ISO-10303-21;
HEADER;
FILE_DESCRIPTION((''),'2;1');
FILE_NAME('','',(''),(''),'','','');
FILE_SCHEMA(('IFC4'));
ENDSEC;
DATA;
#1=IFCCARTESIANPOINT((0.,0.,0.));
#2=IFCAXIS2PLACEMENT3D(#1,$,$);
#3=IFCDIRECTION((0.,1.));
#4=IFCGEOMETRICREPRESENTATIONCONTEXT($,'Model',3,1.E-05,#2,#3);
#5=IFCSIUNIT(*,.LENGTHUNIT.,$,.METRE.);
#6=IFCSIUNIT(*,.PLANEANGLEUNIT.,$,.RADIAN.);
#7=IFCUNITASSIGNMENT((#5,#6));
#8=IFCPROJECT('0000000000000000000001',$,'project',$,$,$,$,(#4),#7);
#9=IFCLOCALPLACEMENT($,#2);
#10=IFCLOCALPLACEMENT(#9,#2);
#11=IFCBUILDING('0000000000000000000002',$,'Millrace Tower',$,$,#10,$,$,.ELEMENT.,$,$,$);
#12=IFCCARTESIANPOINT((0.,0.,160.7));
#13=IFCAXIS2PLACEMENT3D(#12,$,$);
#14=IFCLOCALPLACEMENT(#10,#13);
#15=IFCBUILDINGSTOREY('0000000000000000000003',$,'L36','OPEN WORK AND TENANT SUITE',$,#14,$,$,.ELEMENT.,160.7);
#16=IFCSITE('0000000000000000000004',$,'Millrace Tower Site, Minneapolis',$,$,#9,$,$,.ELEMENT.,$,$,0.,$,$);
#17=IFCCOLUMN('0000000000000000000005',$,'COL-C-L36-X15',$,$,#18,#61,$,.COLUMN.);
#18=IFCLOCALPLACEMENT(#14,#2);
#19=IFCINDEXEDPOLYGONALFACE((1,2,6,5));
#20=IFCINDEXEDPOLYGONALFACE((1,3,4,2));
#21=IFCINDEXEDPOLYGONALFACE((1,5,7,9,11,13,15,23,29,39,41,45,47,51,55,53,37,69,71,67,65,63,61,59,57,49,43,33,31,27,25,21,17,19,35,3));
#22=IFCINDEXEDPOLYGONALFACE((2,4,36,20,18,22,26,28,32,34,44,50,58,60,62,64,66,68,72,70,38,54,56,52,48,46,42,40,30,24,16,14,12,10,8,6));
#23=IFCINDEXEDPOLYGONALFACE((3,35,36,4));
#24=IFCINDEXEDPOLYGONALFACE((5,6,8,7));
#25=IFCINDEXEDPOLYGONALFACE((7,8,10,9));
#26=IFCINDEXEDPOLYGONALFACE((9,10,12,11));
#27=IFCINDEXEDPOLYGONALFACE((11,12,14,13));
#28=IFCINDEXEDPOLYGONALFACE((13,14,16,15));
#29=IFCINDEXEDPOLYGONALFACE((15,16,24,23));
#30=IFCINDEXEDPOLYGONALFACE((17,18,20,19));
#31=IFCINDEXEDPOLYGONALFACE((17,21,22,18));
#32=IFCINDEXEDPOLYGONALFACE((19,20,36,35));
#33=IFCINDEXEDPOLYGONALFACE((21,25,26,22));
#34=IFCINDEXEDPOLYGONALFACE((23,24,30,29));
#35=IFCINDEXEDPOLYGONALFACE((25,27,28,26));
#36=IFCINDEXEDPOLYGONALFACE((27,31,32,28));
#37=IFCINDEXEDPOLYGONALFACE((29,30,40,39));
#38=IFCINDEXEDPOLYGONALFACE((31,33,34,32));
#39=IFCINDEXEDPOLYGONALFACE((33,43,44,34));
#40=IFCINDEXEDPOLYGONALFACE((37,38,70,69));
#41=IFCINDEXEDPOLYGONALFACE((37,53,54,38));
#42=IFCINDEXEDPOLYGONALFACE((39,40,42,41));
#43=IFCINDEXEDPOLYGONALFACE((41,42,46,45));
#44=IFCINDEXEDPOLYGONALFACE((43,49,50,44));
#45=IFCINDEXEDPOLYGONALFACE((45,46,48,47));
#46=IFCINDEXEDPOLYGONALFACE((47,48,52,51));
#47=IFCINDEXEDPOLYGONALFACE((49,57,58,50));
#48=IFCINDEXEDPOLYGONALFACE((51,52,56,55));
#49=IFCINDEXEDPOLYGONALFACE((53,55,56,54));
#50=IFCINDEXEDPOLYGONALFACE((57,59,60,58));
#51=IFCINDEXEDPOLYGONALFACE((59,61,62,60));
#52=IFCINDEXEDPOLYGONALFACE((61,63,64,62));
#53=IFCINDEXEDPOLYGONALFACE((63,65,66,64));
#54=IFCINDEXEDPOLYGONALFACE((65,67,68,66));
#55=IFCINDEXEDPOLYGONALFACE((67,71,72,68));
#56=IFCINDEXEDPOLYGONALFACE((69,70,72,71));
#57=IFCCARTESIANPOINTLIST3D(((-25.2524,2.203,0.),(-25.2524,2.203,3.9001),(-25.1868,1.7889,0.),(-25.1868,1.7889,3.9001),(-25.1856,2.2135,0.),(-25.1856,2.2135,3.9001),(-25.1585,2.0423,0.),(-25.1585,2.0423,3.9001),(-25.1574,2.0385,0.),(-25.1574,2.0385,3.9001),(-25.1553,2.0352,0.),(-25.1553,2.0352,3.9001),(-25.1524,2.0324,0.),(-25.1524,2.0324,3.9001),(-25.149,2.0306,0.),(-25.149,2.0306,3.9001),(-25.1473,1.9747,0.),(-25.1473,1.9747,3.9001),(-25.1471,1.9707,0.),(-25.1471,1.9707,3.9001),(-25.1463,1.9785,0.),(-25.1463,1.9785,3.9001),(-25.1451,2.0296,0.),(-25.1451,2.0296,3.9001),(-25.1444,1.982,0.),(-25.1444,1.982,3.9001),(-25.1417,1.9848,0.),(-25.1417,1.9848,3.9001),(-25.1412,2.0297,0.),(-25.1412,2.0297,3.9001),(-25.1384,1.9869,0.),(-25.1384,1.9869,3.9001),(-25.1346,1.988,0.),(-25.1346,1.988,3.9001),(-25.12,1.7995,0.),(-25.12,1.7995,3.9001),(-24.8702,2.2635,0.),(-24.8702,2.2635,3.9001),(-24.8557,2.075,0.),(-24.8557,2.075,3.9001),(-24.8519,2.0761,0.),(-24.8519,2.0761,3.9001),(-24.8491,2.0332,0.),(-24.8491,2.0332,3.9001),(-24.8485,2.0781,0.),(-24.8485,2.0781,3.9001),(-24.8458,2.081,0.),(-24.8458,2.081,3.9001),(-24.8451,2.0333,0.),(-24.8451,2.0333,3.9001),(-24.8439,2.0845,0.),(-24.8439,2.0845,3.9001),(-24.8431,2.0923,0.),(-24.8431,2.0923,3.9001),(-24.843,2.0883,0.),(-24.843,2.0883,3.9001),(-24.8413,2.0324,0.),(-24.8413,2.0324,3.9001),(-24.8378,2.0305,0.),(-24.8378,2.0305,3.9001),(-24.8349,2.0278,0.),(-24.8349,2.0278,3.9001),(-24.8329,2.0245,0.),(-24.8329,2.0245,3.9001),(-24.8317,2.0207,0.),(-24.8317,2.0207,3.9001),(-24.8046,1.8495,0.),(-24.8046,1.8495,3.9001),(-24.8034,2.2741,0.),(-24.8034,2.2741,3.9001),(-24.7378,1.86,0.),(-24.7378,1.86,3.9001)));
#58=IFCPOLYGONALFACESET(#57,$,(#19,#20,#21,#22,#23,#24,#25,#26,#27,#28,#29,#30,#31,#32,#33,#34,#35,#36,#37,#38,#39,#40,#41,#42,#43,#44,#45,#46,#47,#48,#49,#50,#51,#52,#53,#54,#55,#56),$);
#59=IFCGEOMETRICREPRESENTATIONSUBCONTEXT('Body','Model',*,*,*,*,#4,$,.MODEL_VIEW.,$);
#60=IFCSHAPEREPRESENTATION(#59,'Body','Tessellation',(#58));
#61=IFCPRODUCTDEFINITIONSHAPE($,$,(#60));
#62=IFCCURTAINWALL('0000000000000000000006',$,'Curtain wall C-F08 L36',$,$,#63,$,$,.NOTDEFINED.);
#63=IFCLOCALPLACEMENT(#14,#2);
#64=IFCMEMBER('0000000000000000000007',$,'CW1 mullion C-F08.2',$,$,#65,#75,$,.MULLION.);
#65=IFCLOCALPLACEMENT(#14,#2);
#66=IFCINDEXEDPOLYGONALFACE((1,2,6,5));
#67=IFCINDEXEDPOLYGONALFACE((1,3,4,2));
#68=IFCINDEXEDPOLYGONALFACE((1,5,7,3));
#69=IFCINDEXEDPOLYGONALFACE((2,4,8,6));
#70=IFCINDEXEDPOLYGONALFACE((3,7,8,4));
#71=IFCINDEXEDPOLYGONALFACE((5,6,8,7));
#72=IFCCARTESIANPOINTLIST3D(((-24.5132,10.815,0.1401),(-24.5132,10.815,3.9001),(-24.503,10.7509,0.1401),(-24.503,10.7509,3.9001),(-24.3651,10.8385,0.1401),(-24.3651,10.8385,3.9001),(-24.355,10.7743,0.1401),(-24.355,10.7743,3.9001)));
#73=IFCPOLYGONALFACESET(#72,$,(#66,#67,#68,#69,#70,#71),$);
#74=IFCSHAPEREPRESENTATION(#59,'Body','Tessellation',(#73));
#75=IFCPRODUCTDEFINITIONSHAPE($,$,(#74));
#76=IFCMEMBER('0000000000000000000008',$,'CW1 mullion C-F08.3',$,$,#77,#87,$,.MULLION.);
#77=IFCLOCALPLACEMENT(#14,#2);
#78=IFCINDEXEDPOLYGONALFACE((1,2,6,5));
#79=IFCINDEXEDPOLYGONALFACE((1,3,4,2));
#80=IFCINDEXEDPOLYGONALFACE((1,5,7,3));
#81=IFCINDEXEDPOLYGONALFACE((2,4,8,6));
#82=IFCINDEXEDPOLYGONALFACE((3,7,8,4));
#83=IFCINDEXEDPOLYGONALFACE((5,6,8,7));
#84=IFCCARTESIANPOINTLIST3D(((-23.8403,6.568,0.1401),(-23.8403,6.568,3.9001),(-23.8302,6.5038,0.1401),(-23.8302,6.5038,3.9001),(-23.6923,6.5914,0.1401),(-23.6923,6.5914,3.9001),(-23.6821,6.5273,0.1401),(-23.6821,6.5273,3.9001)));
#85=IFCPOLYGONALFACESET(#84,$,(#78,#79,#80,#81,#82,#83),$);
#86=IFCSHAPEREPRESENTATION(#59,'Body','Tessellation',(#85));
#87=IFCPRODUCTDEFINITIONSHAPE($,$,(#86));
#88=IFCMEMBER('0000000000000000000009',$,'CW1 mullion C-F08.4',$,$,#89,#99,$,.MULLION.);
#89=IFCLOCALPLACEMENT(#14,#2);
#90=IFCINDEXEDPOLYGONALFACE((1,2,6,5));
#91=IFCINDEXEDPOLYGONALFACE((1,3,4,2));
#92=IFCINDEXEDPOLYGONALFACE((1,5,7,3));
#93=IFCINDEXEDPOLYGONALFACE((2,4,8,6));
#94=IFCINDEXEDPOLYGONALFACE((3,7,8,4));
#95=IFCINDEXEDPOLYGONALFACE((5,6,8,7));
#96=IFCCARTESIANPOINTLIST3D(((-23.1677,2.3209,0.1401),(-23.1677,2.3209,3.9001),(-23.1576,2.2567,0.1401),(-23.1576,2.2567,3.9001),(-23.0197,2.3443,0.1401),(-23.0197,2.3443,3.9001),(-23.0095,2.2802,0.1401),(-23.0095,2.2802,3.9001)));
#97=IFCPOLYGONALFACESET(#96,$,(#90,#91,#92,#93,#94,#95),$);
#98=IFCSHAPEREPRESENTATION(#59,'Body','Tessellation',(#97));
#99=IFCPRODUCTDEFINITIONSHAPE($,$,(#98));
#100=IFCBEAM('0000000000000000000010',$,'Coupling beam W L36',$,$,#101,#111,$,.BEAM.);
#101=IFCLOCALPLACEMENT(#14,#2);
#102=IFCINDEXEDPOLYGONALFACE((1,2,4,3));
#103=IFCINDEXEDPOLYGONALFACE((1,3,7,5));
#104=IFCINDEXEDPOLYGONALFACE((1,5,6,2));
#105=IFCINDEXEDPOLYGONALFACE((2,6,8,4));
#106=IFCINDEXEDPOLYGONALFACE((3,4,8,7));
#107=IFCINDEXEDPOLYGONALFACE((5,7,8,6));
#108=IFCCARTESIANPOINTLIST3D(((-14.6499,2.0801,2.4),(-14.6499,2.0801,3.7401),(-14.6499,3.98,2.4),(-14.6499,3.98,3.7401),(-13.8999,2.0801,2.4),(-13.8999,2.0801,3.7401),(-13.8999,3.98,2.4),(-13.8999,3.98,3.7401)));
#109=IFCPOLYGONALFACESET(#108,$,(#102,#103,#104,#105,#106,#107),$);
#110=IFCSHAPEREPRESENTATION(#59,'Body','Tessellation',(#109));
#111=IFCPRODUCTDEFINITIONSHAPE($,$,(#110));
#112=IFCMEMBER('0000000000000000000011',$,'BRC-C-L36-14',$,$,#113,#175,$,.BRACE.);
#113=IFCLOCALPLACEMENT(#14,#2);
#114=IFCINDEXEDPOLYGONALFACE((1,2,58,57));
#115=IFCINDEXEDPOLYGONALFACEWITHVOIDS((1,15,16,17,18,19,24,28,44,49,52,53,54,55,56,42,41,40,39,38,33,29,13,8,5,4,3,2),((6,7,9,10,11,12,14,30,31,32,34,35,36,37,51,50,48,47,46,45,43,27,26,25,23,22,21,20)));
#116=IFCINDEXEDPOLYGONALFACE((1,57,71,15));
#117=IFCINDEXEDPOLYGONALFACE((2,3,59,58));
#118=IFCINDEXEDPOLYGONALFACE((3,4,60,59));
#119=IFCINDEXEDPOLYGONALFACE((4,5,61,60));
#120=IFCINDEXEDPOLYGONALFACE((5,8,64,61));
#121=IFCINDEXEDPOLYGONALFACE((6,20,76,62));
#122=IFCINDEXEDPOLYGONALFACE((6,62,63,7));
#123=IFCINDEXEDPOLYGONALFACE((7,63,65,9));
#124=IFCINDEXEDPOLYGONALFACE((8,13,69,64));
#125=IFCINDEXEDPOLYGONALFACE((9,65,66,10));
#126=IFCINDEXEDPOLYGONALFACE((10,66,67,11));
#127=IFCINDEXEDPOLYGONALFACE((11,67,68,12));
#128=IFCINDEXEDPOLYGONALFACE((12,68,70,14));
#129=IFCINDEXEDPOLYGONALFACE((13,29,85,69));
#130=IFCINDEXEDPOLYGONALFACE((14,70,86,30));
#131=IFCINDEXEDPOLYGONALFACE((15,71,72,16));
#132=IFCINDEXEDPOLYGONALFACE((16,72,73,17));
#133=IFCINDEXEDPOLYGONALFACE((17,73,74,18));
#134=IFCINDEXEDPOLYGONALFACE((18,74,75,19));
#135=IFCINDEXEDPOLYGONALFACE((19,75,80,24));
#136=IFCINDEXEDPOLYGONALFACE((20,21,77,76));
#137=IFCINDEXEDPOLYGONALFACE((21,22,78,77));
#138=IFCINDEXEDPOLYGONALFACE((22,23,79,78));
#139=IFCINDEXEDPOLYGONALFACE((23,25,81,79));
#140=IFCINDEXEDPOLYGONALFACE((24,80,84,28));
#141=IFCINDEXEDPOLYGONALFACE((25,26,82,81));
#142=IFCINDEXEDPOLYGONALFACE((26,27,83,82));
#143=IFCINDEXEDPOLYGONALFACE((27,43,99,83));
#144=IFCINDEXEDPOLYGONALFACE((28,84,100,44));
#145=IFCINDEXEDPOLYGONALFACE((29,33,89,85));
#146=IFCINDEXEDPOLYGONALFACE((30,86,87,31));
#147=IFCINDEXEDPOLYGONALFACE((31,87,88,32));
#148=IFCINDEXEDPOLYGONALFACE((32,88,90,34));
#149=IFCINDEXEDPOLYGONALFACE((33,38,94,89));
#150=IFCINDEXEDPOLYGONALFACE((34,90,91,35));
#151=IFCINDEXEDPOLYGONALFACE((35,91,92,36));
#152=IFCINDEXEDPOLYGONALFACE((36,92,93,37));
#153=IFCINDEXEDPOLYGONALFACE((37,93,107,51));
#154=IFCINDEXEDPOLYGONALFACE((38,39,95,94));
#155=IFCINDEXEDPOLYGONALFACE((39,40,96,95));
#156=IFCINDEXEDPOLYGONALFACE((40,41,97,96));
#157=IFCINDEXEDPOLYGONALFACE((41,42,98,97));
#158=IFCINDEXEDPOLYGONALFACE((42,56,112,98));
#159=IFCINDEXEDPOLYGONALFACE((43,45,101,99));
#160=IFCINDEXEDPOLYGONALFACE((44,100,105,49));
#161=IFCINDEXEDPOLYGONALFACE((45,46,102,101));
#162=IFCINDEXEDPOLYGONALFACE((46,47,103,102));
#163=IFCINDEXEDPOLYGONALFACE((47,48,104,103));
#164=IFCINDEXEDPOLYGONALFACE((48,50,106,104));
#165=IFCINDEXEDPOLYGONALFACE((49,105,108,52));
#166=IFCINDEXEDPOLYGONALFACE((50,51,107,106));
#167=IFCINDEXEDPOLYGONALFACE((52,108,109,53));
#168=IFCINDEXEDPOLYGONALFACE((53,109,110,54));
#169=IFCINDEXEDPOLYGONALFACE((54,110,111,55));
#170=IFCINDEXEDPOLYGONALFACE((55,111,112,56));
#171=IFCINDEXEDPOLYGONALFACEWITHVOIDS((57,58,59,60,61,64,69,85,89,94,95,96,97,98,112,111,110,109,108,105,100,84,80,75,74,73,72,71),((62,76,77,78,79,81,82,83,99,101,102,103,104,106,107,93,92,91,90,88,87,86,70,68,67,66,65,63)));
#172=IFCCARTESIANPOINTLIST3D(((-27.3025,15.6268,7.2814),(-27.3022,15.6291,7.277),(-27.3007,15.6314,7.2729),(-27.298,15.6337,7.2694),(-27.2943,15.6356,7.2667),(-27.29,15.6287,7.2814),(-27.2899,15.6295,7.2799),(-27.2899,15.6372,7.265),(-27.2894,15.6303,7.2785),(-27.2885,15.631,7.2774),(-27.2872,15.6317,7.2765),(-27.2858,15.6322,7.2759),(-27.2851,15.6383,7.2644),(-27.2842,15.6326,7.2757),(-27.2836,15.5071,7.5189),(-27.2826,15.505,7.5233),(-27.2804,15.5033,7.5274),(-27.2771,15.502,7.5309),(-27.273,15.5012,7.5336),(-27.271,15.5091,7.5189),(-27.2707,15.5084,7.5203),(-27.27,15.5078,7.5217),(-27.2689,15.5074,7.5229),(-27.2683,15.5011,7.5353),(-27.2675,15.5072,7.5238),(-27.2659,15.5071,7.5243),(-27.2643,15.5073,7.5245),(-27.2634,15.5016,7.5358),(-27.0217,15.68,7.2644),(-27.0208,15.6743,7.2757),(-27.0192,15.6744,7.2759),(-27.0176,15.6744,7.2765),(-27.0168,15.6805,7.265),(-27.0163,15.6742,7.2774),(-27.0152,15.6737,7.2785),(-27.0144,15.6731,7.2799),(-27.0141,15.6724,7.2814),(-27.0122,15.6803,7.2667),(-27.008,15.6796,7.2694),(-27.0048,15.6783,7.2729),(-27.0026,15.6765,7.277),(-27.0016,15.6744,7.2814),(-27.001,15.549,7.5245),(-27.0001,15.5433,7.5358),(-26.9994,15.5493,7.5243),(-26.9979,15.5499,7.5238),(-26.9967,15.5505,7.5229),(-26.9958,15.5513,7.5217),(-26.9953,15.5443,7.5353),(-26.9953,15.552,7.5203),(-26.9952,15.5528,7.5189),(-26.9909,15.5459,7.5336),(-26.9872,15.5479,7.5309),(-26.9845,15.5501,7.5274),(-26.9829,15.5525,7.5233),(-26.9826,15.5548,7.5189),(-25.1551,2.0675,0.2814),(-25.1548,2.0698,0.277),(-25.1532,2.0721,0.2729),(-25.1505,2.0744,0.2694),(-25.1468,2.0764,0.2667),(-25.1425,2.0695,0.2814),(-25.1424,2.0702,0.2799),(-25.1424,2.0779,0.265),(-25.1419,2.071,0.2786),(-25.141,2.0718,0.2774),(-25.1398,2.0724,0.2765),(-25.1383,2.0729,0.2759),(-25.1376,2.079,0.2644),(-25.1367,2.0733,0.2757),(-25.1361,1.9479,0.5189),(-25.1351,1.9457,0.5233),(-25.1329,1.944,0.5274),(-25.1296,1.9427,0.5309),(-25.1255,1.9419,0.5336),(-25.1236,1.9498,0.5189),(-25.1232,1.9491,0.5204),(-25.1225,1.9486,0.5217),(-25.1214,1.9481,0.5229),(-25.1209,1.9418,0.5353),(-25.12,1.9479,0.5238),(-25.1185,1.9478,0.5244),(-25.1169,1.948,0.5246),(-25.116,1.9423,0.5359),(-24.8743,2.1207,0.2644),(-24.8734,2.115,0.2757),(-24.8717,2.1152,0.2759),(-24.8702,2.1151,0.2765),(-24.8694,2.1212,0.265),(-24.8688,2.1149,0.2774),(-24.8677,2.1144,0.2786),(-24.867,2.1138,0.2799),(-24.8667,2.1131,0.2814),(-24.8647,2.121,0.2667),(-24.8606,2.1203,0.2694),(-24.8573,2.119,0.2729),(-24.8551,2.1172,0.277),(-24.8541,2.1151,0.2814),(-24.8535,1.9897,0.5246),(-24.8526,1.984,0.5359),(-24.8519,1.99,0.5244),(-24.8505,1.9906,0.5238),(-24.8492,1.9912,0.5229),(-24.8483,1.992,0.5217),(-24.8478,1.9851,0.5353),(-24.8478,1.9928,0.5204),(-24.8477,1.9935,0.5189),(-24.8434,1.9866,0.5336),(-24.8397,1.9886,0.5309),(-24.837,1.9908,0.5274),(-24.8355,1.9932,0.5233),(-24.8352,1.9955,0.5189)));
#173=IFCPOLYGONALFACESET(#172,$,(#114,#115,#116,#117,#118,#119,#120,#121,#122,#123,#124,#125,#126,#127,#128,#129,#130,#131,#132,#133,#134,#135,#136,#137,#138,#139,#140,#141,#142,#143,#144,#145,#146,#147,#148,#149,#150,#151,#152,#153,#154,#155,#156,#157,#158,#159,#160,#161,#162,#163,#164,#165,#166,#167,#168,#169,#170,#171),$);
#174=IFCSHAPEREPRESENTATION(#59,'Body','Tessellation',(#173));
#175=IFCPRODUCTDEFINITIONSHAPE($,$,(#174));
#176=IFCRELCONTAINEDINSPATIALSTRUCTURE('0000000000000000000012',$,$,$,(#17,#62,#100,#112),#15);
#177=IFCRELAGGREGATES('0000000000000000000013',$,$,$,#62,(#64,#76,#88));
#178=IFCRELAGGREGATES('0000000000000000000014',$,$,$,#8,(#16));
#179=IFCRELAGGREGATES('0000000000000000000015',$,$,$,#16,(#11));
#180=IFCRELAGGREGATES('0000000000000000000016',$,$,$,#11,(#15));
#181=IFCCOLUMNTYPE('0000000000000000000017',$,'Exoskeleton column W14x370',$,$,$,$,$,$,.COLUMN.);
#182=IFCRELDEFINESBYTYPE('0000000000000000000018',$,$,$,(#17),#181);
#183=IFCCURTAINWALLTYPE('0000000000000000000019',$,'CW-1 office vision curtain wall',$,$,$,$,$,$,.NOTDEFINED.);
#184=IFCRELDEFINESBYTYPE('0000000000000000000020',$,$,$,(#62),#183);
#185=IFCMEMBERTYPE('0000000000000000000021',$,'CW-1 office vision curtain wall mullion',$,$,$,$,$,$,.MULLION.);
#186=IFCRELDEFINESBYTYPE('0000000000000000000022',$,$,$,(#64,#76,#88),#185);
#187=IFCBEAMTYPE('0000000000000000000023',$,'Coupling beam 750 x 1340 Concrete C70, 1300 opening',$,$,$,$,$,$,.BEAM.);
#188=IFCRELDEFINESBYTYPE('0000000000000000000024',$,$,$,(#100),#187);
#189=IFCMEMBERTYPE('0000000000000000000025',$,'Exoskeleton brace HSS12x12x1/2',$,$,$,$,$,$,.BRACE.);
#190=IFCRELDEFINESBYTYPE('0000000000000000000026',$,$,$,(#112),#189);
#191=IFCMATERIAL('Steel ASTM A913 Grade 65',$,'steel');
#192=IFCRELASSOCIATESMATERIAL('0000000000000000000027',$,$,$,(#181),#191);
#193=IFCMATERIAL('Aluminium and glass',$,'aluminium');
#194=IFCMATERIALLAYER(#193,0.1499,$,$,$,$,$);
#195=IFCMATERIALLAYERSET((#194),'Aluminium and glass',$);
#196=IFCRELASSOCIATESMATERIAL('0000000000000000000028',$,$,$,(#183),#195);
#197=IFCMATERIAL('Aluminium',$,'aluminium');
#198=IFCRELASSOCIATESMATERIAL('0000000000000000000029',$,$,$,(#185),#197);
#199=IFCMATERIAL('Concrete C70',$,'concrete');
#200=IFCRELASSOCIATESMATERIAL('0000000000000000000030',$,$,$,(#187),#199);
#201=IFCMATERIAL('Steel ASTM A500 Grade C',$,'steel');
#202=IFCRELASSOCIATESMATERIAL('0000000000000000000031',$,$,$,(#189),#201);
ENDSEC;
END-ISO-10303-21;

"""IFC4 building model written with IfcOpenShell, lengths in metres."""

from ifc_helpers import new_model, si_unit, direction, frame, origin, origin_2d, place, context, subcontext, project, spatial, rectangle, hollow_rectangle, i_section, extrude, material, layer, layer_set, material_profile, profile_set, type_object, element, aggregate, save


model = new_model("IFC4")

# Units and contexts
model_context = context("Model", 3, precision=1e-05, world=origin(), true_north=direction((0.0, 1.0)))
body_context = subcontext(model_context, "Body", "Model", "MODEL_VIEW")
ifc_project = project(units=[si_unit("LENGTHUNIT", "METRE"), si_unit("PLANEANGLEUNIT", "RADIAN")], contexts=[model_context])

# Site, building, storey
site_placement = place(None, origin())
site = spatial("IfcSite", under=ifc_project, at=site_placement, Name="Millrace Tower Site, Minneapolis", CompositionType="ELEMENT", RefElevation=0.0)
building_placement = place(site_placement, origin())
building = spatial("IfcBuilding", under=site, at=building_placement, Name="Millrace Tower", CompositionType="ELEMENT")
storey_placement = place(building_placement, frame((0.0, 0.0, 160.7)))
storey = spatial("IfcBuildingStorey", under=building, at=storey_placement, Name="L36", Description="OPEN WORK AND TENANT SUITE", CompositionType="ELEMENT", Elevation=160.7)

# Column
ifc_material_1 = material(Name="Steel ASTM A913 Grade 65", Category="steel")
ifc_material_profile_1 = material_profile(ifc_material_1, i_section(OverallWidth=0.4192, OverallDepth=0.4546, WebThickness=0.0422, FlangeThickness=0.0676, FilletRadius=0.0151, at=origin_2d()))
ifc_profile_set_1 = profile_set([ifc_material_profile_1], Name="Steel ASTM A913 Grade 65")
column_type = type_object("IfcColumnType", Name="Exoskeleton column W14x370", PredefinedType="COLUMN", material=ifc_profile_set_1)
column_placement = place(storey_placement, frame((-24.9951, 2.0315, 0.0), z_axis=(0.0, 0.0, 1.0), x_axis=(0.156434, -0.987688, 0.0)))
element("IfcColumn", 1, at=column_placement, inside=storey, type_object=column_type, Name="COL-C-L36-X15", PredefinedType="COLUMN", context=body_context, shape_type="SweptSolid", body=[
    extrude(i_section(OverallWidth=0.4192, OverallDepth=0.4546, WebThickness=0.0422, FlangeThickness=0.0676, FilletRadius=0.0151, at=origin_2d()), origin(), (0.0, 0.0, 1.0), 3.9001),
])

# Curtain wall, members
ifc_material_2 = material(Name="Aluminium and glass", Category="aluminium")
ifc_layer_1 = layer(ifc_material_2, 0.1499)
ifc_layer_set_1 = layer_set([ifc_layer_1], Name="Aluminium and glass")
curtain_wall_type = type_object("IfcCurtainWallType", Name="CW-1 office vision curtain wall", PredefinedType="NOTDEFINED", material=ifc_layer_set_1)
placement = place(storey_placement, origin())
curtain_wall = element("IfcCurtainWall", 2, at=placement, inside=storey, type_object=curtain_wall_type, Name="Curtain wall C-F08 L36", PredefinedType="NOTDEFINED")
ifc_material_3 = material(Name="Aluminium", Category="aluminium")
ifc_material_profile_2 = material_profile(ifc_material_3, rectangle(XDim=0.0649, YDim=0.1499, at=origin_2d()))
ifc_profile_set_2 = profile_set([ifc_material_profile_2], Name="Aluminium")
member_type_1 = type_object("IfcMemberType", Name="CW-1 office vision curtain wall mullion", PredefinedType="MULLION", material=ifc_profile_set_2)
member_1_placement = place(storey_placement, frame((-24.4341, 10.7947, 0.1401), z_axis=(0.0, 0.0, 1.0), x_axis=(0.156434, -0.987688, 0.0)))
member_1 = element("IfcMember", 3, at=member_1_placement, type_object=member_type_1, Name="CW1 mullion C-F08.2", PredefinedType="MULLION", context=body_context, shape_type="SweptSolid", body=[
    extrude(rectangle(XDim=0.0649, YDim=0.1499, at=origin_2d()), origin(), (0.0, 0.0, 1.0), 3.76),
])
member_2_placement = place(storey_placement, frame((-23.7612, 6.5476, 0.1401), z_axis=(0.0, 0.0, 1.0), x_axis=(0.156434, -0.987688, 0.0)))
member_2 = element("IfcMember", 4, at=member_2_placement, type_object=member_type_1, Name="CW1 mullion C-F08.3", PredefinedType="MULLION", context=body_context, shape_type="SweptSolid", body=[
    extrude(rectangle(XDim=0.0649, YDim=0.1499, at=origin_2d()), origin(), (0.0, 0.0, 1.0), 3.76),
])
member_3_placement = place(storey_placement, frame((-23.0886, 2.3005, 0.1401), z_axis=(0.0, 0.0, 1.0), x_axis=(0.156434, -0.987688, 0.0)))
member_3 = element("IfcMember", 5, at=member_3_placement, type_object=member_type_1, Name="CW1 mullion C-F08.4", PredefinedType="MULLION", context=body_context, shape_type="SweptSolid", body=[
    extrude(rectangle(XDim=0.0649, YDim=0.1499, at=origin_2d()), origin(), (0.0, 0.0, 1.0), 3.76),
])
aggregate(curtain_wall, [member_1, member_2, member_3])

# Beam
ifc_material_4 = material(Name="Concrete C70", Category="concrete")
ifc_material_profile_3 = material_profile(ifc_material_4, rectangle(XDim=0.75, YDim=1.3401, at=origin_2d()))
ifc_profile_set_3 = profile_set([ifc_material_profile_3], Name="Concrete C70")
beam_type_1 = type_object("IfcBeamType", Name="Coupling beam 750 x 1340 Concrete C70, 1300 opening", PredefinedType="BEAM", material=ifc_profile_set_3)
beam_1_placement = place(storey_placement, frame((-14.2749, 2.0801, 3.0701), z_axis=(0.0, 1.0, 0.0), x_axis=(-1.0, 0.0, 0.0)))
element("IfcBeam", 6, at=beam_1_placement, inside=storey, type_object=beam_type_1, Name="Coupling beam W L36", PredefinedType="BEAM", context=body_context, shape_type="SweptSolid", body=[
    extrude(rectangle(XDim=0.75, YDim=1.3401, at=origin_2d()), origin(), (0.0, 0.0, 1.0), 1.8999),
])

# Member
ifc_material_5 = material(Name="Steel ASTM A500 Grade C", Category="steel")
ifc_material_profile_4 = material_profile(ifc_material_5, hollow_rectangle(XDim=0.3047, YDim=0.3047, WallThickness=0.0127, InnerFilletRadius=0.0063, OuterFilletRadius=0.019, at=origin_2d()))
ifc_profile_set_4 = profile_set([ifc_material_profile_4], Name="Steel ASTM A500 Grade C")
member_type_2 = type_object("IfcMemberType", Name="Exoskeleton brace HSS12x12x1/2", PredefinedType="BRACE", material=ifc_profile_set_4)
member_4_placement = place(storey_placement, frame((-24.9951, 2.0315, 0.4001), z_axis=(-0.139355, 0.879907, 0.454252), x_axis=(-0.98769, -0.156426, 0.0)))
element("IfcMember", 7, at=member_4_placement, inside=storey, type_object=member_type_2, Name="BRC-C-L36-14", PredefinedType="BRACE", context=body_context, shape_type="SweptSolid", body=[
    extrude(hollow_rectangle(XDim=0.3047, YDim=0.3047, WallThickness=0.0127, InnerFilletRadius=0.0063, OuterFilletRadius=0.019, at=origin_2d()), origin(), (0.0, 0.0, 1.0), 15.4099),
])

save(model, "model.ifc")
